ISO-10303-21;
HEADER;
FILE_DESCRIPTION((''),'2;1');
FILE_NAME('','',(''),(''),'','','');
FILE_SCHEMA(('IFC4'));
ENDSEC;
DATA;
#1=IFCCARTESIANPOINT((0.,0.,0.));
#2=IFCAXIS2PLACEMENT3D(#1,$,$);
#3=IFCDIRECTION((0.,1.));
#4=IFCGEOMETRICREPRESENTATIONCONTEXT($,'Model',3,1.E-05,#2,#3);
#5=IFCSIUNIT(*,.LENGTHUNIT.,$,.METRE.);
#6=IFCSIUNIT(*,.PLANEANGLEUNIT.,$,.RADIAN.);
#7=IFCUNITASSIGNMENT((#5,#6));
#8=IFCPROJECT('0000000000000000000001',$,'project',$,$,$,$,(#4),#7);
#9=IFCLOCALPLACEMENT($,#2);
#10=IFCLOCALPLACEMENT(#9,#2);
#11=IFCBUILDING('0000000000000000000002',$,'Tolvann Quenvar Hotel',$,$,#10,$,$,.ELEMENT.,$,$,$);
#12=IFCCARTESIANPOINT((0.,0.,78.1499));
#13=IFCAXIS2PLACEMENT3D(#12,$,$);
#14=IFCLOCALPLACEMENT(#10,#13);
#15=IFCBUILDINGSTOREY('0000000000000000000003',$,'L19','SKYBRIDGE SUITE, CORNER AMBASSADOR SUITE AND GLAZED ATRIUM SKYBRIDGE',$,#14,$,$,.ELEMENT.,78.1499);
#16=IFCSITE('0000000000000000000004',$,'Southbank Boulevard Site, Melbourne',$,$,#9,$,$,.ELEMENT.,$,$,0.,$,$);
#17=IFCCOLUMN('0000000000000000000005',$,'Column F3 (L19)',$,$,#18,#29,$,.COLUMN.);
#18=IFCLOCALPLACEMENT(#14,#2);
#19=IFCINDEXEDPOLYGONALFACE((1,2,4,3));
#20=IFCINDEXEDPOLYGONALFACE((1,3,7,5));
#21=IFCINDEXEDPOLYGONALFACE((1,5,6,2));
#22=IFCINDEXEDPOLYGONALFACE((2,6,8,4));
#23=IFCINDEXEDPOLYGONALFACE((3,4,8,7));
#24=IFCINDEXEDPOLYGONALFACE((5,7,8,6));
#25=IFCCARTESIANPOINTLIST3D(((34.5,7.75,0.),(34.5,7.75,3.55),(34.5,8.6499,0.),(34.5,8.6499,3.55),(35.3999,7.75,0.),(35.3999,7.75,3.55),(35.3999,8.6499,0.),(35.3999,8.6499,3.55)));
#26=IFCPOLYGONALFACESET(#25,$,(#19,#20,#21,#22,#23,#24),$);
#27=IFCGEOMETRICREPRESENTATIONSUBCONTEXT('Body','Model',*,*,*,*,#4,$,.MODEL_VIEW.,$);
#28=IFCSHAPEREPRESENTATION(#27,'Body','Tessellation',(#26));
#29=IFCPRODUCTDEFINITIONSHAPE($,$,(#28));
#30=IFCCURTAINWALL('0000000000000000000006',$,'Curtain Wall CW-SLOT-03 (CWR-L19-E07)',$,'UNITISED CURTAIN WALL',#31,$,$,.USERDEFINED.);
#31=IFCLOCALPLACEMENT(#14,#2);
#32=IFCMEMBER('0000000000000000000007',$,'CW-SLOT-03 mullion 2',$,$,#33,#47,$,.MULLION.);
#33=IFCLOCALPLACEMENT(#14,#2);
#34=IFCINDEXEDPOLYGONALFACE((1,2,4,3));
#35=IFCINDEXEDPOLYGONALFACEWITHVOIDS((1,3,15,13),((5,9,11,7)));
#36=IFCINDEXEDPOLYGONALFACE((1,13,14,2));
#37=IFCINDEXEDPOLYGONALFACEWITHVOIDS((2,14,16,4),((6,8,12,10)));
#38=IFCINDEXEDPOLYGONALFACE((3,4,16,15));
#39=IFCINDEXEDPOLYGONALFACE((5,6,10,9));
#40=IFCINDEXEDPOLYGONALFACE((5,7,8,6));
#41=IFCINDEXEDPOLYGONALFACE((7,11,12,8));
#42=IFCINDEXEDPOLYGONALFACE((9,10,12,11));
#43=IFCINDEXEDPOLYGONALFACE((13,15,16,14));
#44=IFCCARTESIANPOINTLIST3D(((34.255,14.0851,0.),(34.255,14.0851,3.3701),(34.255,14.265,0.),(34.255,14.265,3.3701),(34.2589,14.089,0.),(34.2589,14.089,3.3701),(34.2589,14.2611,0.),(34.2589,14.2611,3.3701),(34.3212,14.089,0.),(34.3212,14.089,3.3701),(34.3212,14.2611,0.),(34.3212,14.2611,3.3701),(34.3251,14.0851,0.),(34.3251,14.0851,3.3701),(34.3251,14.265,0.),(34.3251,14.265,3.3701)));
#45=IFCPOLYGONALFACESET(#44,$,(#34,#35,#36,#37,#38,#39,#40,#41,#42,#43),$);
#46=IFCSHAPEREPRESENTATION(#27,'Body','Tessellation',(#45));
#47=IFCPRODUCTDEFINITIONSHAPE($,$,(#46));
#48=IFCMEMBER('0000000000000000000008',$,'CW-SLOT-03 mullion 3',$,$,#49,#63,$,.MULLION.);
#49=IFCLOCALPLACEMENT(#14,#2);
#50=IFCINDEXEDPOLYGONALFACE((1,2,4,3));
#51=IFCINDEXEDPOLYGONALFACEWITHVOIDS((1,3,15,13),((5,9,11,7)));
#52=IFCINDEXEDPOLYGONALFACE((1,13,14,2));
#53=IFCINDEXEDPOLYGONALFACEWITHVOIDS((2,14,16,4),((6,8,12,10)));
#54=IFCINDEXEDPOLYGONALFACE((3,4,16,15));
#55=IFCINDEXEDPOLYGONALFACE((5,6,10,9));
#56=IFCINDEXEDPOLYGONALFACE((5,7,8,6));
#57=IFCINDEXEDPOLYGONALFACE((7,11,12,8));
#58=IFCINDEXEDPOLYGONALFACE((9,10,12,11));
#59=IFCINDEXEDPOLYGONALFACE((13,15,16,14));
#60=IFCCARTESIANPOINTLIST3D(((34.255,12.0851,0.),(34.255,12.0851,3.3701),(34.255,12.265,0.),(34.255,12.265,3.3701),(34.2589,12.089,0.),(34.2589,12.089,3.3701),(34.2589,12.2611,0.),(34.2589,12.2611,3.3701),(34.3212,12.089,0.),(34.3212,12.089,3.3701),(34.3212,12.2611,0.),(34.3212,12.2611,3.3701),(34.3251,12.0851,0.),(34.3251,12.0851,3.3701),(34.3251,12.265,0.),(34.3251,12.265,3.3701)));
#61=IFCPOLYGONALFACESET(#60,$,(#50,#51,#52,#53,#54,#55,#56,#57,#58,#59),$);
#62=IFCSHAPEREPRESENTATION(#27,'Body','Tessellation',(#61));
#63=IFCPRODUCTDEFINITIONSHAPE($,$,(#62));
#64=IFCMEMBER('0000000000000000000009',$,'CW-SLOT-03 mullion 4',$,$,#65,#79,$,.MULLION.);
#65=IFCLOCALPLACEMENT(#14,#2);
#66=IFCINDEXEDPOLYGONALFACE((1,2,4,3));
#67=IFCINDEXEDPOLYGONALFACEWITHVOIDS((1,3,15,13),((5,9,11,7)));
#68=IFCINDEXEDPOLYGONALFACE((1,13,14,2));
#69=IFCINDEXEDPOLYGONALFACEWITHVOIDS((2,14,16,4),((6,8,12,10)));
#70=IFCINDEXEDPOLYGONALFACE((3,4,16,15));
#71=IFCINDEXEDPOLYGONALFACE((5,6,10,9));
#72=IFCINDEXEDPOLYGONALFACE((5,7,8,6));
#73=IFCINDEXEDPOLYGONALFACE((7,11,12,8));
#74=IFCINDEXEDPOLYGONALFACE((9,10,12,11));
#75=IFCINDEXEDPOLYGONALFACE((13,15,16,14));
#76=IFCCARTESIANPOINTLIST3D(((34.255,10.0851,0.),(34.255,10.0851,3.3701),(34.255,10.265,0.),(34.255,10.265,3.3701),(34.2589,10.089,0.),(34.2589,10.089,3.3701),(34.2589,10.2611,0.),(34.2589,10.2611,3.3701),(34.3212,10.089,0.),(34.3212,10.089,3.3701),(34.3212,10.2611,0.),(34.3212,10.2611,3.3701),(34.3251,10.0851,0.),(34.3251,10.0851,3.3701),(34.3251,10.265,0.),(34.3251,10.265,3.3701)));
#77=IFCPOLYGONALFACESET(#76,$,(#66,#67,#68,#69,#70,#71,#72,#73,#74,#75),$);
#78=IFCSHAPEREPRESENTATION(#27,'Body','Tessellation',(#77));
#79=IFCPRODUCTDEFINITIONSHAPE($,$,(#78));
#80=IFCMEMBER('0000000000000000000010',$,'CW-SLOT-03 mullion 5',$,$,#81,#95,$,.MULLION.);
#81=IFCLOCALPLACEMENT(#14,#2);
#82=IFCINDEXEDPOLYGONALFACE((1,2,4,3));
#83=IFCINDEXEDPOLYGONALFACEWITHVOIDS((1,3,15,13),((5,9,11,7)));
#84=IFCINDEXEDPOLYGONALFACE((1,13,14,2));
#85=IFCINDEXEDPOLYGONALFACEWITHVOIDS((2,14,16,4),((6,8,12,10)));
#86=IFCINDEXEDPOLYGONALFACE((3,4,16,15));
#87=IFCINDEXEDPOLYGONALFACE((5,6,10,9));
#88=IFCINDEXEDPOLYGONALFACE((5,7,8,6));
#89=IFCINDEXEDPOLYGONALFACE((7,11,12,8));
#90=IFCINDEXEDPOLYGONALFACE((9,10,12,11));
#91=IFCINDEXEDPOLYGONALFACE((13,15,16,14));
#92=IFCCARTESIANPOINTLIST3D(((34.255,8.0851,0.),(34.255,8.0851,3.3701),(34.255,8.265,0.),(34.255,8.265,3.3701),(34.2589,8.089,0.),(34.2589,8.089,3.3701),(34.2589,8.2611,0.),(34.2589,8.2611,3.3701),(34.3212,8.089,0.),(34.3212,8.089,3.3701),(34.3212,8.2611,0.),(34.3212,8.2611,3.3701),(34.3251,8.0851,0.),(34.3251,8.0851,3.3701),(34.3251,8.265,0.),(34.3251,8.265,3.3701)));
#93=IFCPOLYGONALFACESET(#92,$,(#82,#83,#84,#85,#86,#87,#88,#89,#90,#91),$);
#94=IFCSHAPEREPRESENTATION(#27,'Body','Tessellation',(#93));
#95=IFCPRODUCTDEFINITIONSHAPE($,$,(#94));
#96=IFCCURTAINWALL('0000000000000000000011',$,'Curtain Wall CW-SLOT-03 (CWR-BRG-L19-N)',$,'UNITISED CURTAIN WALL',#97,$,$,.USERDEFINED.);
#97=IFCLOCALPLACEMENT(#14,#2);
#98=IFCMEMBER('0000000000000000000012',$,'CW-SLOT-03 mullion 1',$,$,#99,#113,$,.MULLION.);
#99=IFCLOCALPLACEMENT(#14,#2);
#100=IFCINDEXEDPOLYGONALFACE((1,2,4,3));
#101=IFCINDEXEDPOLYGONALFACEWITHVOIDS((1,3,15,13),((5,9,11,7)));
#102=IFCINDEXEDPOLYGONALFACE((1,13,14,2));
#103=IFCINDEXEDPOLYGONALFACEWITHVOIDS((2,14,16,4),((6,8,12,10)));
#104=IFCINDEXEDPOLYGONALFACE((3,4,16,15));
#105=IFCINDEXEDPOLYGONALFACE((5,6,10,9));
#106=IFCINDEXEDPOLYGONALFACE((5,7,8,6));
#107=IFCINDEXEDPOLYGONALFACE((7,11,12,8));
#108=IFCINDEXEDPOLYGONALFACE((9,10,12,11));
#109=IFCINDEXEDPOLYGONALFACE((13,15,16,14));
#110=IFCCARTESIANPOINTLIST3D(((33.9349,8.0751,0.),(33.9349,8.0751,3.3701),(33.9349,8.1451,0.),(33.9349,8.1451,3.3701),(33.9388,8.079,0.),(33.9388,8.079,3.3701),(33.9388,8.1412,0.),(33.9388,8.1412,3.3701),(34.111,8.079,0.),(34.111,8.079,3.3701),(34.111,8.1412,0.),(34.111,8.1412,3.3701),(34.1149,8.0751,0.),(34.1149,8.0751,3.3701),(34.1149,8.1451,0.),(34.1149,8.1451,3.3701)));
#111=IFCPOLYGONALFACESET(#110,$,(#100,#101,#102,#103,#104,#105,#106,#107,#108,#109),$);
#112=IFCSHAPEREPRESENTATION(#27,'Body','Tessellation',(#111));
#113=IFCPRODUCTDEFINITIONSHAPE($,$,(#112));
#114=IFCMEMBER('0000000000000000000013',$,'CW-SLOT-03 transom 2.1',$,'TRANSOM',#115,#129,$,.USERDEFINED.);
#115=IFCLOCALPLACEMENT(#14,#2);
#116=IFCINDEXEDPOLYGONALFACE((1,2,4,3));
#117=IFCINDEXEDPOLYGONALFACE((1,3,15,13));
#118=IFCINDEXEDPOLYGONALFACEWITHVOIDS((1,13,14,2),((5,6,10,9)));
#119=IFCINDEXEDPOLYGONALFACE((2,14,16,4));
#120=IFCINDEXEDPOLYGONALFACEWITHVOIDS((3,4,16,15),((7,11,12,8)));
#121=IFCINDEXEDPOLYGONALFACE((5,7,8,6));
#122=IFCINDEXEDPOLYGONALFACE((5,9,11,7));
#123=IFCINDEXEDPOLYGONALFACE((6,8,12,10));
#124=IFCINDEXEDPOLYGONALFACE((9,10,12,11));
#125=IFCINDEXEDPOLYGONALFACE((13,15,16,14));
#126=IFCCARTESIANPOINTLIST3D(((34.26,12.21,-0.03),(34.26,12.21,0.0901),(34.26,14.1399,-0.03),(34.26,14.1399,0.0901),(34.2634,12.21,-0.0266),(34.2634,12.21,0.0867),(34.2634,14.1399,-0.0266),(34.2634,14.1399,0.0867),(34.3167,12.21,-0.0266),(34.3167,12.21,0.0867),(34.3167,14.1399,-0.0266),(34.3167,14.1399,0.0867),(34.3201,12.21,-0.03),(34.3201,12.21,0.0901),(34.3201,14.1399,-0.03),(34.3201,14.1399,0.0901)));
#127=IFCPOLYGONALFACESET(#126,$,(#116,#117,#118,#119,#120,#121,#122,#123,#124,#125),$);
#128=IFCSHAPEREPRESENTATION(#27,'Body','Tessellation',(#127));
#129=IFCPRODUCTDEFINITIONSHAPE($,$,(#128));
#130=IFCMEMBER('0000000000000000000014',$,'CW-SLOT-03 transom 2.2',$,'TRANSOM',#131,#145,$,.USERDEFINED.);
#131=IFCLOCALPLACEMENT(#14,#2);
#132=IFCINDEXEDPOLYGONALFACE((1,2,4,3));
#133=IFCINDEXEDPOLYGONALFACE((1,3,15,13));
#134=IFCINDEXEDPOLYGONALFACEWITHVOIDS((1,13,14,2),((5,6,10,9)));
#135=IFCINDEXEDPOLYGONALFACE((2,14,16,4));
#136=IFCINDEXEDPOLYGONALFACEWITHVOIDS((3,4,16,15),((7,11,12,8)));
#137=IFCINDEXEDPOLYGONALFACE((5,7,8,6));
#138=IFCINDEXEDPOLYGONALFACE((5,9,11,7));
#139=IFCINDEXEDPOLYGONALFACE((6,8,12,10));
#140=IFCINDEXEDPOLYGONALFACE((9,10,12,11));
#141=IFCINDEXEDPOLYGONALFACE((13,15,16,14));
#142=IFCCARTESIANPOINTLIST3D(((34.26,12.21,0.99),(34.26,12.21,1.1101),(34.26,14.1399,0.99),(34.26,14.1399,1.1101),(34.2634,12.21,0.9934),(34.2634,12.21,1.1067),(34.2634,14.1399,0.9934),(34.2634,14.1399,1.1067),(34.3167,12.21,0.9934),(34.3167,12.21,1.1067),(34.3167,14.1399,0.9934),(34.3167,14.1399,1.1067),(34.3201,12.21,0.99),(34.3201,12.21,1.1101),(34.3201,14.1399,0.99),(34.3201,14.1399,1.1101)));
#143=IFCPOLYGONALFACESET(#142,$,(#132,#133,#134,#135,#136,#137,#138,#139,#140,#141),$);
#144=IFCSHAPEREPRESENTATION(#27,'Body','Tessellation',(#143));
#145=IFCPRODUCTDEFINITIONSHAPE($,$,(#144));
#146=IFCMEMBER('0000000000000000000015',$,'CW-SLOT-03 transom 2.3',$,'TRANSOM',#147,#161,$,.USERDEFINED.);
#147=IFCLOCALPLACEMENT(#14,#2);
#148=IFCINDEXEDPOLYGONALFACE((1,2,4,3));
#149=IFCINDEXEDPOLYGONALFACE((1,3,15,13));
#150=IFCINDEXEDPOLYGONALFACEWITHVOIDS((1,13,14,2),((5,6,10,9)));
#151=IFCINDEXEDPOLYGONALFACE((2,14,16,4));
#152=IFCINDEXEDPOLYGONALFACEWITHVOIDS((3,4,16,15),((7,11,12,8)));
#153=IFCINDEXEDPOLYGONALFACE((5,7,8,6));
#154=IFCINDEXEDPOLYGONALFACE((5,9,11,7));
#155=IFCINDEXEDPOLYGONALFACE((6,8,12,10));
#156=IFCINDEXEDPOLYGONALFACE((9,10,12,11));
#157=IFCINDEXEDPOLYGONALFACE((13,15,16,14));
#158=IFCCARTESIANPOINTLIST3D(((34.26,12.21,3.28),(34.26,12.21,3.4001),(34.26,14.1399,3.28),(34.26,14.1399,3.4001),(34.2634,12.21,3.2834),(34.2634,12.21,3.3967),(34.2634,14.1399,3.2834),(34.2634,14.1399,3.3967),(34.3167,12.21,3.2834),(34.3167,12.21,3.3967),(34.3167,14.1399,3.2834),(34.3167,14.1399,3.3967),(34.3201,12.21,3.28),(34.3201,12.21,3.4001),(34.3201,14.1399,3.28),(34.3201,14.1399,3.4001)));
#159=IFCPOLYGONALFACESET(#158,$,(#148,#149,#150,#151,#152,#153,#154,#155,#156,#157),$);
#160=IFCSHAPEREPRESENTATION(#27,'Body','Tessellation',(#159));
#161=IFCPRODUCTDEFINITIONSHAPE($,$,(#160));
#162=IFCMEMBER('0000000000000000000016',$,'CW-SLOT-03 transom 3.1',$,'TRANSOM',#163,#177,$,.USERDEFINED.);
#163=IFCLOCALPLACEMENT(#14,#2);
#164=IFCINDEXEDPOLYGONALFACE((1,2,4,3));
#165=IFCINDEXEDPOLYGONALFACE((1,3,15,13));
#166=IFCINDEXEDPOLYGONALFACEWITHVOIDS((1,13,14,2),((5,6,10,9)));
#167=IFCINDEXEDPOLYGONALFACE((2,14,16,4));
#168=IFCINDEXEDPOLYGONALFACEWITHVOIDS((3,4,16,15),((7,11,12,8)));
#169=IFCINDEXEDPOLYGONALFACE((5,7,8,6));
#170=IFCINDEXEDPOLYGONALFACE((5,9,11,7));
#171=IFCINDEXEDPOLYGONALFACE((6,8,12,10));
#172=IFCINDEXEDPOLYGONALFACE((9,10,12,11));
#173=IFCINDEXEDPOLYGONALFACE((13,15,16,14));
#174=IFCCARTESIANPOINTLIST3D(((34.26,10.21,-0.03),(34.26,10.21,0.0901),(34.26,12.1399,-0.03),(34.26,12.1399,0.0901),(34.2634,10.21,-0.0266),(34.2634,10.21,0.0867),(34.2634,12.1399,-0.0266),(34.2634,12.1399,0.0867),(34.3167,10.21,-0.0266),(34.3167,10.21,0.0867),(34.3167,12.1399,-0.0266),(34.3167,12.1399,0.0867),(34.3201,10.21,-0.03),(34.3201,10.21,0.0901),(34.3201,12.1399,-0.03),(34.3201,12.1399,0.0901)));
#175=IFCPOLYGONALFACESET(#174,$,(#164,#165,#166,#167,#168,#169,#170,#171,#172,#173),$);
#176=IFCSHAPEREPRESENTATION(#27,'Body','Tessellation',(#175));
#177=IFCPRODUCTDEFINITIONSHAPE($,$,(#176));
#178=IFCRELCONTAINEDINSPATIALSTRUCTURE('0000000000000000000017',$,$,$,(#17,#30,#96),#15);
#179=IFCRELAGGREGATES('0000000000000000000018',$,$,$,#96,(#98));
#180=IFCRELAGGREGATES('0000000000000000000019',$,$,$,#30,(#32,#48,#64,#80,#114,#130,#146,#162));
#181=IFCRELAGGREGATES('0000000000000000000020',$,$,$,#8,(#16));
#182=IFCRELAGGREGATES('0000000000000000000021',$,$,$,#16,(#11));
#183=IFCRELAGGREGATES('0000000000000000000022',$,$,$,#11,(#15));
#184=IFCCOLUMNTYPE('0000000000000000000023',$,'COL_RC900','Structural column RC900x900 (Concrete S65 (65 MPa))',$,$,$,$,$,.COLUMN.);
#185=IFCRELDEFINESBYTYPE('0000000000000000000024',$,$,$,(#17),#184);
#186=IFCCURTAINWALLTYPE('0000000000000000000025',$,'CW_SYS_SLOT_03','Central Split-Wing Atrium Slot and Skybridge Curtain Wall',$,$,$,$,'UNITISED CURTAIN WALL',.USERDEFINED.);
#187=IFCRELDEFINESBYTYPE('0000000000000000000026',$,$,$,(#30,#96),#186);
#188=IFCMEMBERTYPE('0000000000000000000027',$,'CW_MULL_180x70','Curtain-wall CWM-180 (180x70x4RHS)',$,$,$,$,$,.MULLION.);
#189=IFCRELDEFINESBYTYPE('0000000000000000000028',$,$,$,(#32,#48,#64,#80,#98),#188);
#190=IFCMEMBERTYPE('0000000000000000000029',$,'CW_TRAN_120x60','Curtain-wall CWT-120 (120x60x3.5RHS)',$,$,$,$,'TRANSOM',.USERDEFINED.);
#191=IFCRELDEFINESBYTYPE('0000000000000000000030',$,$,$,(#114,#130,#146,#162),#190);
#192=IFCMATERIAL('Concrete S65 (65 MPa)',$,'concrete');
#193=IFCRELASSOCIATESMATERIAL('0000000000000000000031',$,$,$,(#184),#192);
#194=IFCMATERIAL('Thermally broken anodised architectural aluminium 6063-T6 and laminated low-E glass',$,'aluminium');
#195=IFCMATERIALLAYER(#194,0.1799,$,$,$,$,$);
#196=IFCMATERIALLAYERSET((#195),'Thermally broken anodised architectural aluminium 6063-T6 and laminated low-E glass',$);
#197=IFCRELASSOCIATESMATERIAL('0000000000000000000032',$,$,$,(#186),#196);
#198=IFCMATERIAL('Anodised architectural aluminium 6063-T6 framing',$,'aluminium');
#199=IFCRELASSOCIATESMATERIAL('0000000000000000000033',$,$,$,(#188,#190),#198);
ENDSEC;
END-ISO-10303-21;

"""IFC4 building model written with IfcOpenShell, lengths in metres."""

from ifc_helpers import new_model, si_unit, direction, frame, origin, origin_2d, place, context, subcontext, project, spatial, rectangle, hollow_rectangle, extrude, source, transform, mapped, material, layer, layer_set, material_profile, profile_set, type_object, type_shapes, element, aggregate, save


model = new_model("IFC4")

# Units and contexts
model_context = context("Model", 3, precision=1e-05, world=origin(), true_north=direction((0.0, 1.0)))
body_context = subcontext(model_context, "Body", "Model", "MODEL_VIEW")
ifc_project = project(units=[si_unit("LENGTHUNIT", "METRE"), si_unit("PLANEANGLEUNIT", "RADIAN")], contexts=[model_context])

# Site, building, storey
site_placement = place(None, origin())
site = spatial("IfcSite", under=ifc_project, at=site_placement, Name="Southbank Boulevard Site, Melbourne", CompositionType="ELEMENT", RefElevation=0.0)
building_placement = place(site_placement, origin())
building = spatial("IfcBuilding", under=site, at=building_placement, Name="Tolvann Quenvar Hotel", CompositionType="ELEMENT")
storey_placement = place(building_placement, frame((0.0, 0.0, 78.1499)))
storey = spatial("IfcBuildingStorey", under=building, at=storey_placement, Name="L19", Description="SKYBRIDGE SUITE, CORNER AMBASSADOR SUITE AND GLAZED ATRIUM SKYBRIDGE", CompositionType="ELEMENT", Elevation=78.1499)

# Column
ifc_material_1 = material(Name="Concrete S65 (65 MPa)", Category="concrete")
ifc_material_profile_1 = material_profile(ifc_material_1, rectangle(XDim=0.8999, YDim=0.8999, at=origin_2d()), Name="RC900x900")
ifc_profile_set_1 = profile_set([ifc_material_profile_1], Name="Concrete S65 (65 MPa)")
column_type = type_object("IfcColumnType", Name="COL_RC900", Description="Structural column RC900x900 (Concrete S65 (65 MPa))", PredefinedType="COLUMN", material=ifc_profile_set_1)
shared_shape_1 = source(origin(), body_context, "Body", "SweptSolid", [
    extrude(rectangle(XDim=0.8999, YDim=0.8999, at=origin_2d()), origin(), (0.0, 0.0, 1.0), 3.55),
])
type_shapes(column_type, [shared_shape_1])
column_placement = place(storey_placement, frame((34.95, 8.2, 0.0), z_axis=(0.0, 0.0, 1.0), x_axis=(1.0, 0.0, 0.0)))
element("IfcColumn", 1, at=column_placement, inside=storey, type_object=column_type, Name="Column F3 (L19)", PredefinedType="COLUMN", context=body_context, shape_type="MappedRepresentation", body=[
    mapped(shared_shape_1, transform((0.0, 0.0, 0.0), x_axis=(1.0, 0.0, 0.0), y_axis=(0.0, 1.0, 0.0), z_axis=(0.0, 0.0, 1.0), scale=1.0)),
])

# Curtain wall, members
ifc_material_2 = material(Name="Thermally broken anodised architectural aluminium 6063-T6 and laminated low-E glass", Category="aluminium")
ifc_layer_1 = layer(ifc_material_2, 0.1799)
ifc_layer_set_1 = layer_set([ifc_layer_1], Name="Thermally broken anodised architectural aluminium 6063-T6 and laminated low-E glass")
curtain_wall_type = type_object("IfcCurtainWallType", Name="CW_SYS_SLOT_03", Description="Central Split-Wing Atrium Slot and Skybridge Curtain Wall", ElementType="UNITISED CURTAIN WALL", PredefinedType="USERDEFINED", material=ifc_layer_set_1)
curtain_wall_1_placement = place(storey_placement, origin())
curtain_wall_1 = element("IfcCurtainWall", 2, at=curtain_wall_1_placement, inside=storey, type_object=curtain_wall_type, Name="Curtain Wall CW-SLOT-03 (CWR-L19-E07)", ObjectType="UNITISED CURTAIN WALL", PredefinedType="USERDEFINED")
ifc_material_3 = material(Name="Anodised architectural aluminium 6063-T6 framing", Category="aluminium")
ifc_material_profile_2 = material_profile(ifc_material_3, hollow_rectangle(XDim=0.0701, YDim=0.1799, WallThickness=0.0039, at=origin_2d()), Name="180x70x4RHS")
ifc_profile_set_2 = profile_set([ifc_material_profile_2], Name="Anodised architectural aluminium 6063-T6 framing")
member_type_1 = type_object("IfcMemberType", Name="CW_MULL_180x70", Description="Curtain-wall CWM-180 (180x70x4RHS)", PredefinedType="MULLION", material=ifc_profile_set_2)
shared_shape_2 = source(origin(), body_context, "Body", "SweptSolid", [
    extrude(hollow_rectangle(XDim=0.0701, YDim=0.1799, WallThickness=0.0039, at=origin_2d()), origin(), (0.0, 0.0, 1.0), 3.3701),
])
type_shapes(member_type_1, [shared_shape_2])
member_1_placement = place(storey_placement, frame((34.29, 14.175, 0.0), z_axis=(0.0, 0.0, 1.0), x_axis=(1.0, 0.0, 0.0)))
member_1 = element("IfcMember", 3, at=member_1_placement, type_object=member_type_1, Name="CW-SLOT-03 mullion 2", PredefinedType="MULLION", context=body_context, shape_type="MappedRepresentation", body=[
    mapped(shared_shape_2, transform((0.0, 0.0, 0.0), x_axis=(1.0, 0.0, 0.0), y_axis=(0.0, 1.0, 0.0), z_axis=(0.0, 0.0, 1.0), scale=1.0)),
])
member_2_placement = place(storey_placement, frame((34.29, 12.175, 0.0), z_axis=(0.0, 0.0, 1.0), x_axis=(1.0, 0.0, 0.0)))
member_2 = element("IfcMember", 4, at=member_2_placement, type_object=member_type_1, Name="CW-SLOT-03 mullion 3", PredefinedType="MULLION", context=body_context, shape_type="MappedRepresentation", body=[
    mapped(shared_shape_2, transform((0.0, 0.0, 0.0), x_axis=(1.0, 0.0, 0.0), y_axis=(0.0, 1.0, 0.0), z_axis=(0.0, 0.0, 1.0), scale=1.0)),
])
member_3_placement = place(storey_placement, frame((34.29, 10.175, 0.0), z_axis=(0.0, 0.0, 1.0), x_axis=(1.0, 0.0, 0.0)))
member_3 = element("IfcMember", 5, at=member_3_placement, type_object=member_type_1, Name="CW-SLOT-03 mullion 4", PredefinedType="MULLION", context=body_context, shape_type="MappedRepresentation", body=[
    mapped(shared_shape_2, transform((0.0, 0.0, 0.0), x_axis=(1.0, 0.0, 0.0), y_axis=(0.0, 1.0, 0.0), z_axis=(0.0, 0.0, 1.0), scale=1.0)),
])
member_4_placement = place(storey_placement, frame((34.29, 8.175, 0.0), z_axis=(0.0, 0.0, 1.0), x_axis=(1.0, 0.0, 0.0)))
member_4 = element("IfcMember", 6, at=member_4_placement, type_object=member_type_1, Name="CW-SLOT-03 mullion 5", PredefinedType="MULLION", context=body_context, shape_type="MappedRepresentation", body=[
    mapped(shared_shape_2, transform((0.0, 0.0, 0.0), x_axis=(1.0, 0.0, 0.0), y_axis=(0.0, 1.0, 0.0), z_axis=(0.0, 0.0, 1.0), scale=1.0)),
])

# Curtain wall, member
curtain_wall_2_placement = place(storey_placement, origin())
curtain_wall_2 = element("IfcCurtainWall", 7, at=curtain_wall_2_placement, inside=storey, type_object=curtain_wall_type, Name="Curtain Wall CW-SLOT-03 (CWR-BRG-L19-N)", ObjectType="UNITISED CURTAIN WALL", PredefinedType="USERDEFINED")
member_5_placement = place(storey_placement, frame((34.0249, 8.1101, 0.0), z_axis=(0.0, 0.0, 1.0), x_axis=(0.0, -1.0, 0.0)))
member_5 = element("IfcMember", 8, at=member_5_placement, type_object=member_type_1, Name="CW-SLOT-03 mullion 1", PredefinedType="MULLION", context=body_context, shape_type="MappedRepresentation", body=[
    mapped(shared_shape_2, transform((0.0, 0.0, 0.0), x_axis=(1.0, 0.0, 0.0), y_axis=(0.0, 1.0, 0.0), z_axis=(0.0, 0.0, 1.0), scale=1.0)),
])

# Members
ifc_material_profile_3 = material_profile(ifc_material_3, hollow_rectangle(XDim=0.0601, YDim=0.1201, WallThickness=0.0034, at=origin_2d()), Name="120x60x3.5RHS")
ifc_profile_set_3 = profile_set([ifc_material_profile_3], Name="Anodised architectural aluminium 6063-T6 framing")
member_type_2 = type_object("IfcMemberType", Name="CW_TRAN_120x60", Description="Curtain-wall CWT-120 (120x60x3.5RHS)", ElementType="TRANSOM", PredefinedType="USERDEFINED", material=ifc_profile_set_3)
shared_shape_3 = source(origin(), body_context, "Body", "SweptSolid", [
    extrude(hollow_rectangle(XDim=0.0601, YDim=0.1201, WallThickness=0.0034, at=origin_2d()), origin(), (0.0, 0.0, 1.0), 1.9299),
])
member_6_placement = place(storey_placement, frame((34.29, 14.1399, 0.03), z_axis=(0.0, -1.0, 0.0), x_axis=(1.0, 0.0, 0.0)))
member_6 = element("IfcMember", 9, at=member_6_placement, type_object=member_type_2, Name="CW-SLOT-03 transom 2.1", ObjectType="TRANSOM", PredefinedType="USERDEFINED", context=body_context, shape_type="MappedRepresentation", body=[
    mapped(shared_shape_3, transform((0.0, 0.0, 0.0), x_axis=(1.0, 0.0, 0.0), y_axis=(0.0, 1.0, 0.0), z_axis=(0.0, 0.0, 1.0), scale=1.0)),
])
member_7_placement = place(storey_placement, frame((34.29, 14.1399, 1.05), z_axis=(0.0, -1.0, 0.0), x_axis=(1.0, 0.0, 0.0)))
member_7 = element("IfcMember", 10, at=member_7_placement, type_object=member_type_2, Name="CW-SLOT-03 transom 2.2", ObjectType="TRANSOM", PredefinedType="USERDEFINED", context=body_context, shape_type="MappedRepresentation", body=[
    mapped(shared_shape_3, transform((0.0, 0.0, 0.0), x_axis=(1.0, 0.0, 0.0), y_axis=(0.0, 1.0, 0.0), z_axis=(0.0, 0.0, 1.0), scale=1.0)),
])
member_8_placement = place(storey_placement, frame((34.29, 14.1399, 3.3401), z_axis=(0.0, -1.0, 0.0), x_axis=(1.0, 0.0, 0.0)))
member_8 = element("IfcMember", 11, at=member_8_placement, type_object=member_type_2, Name="CW-SLOT-03 transom 2.3", ObjectType="TRANSOM", PredefinedType="USERDEFINED", context=body_context, shape_type="MappedRepresentation", body=[
    mapped(shared_shape_3, transform((0.0, 0.0, 0.0), x_axis=(1.0, 0.0, 0.0), y_axis=(0.0, 1.0, 0.0), z_axis=(0.0, 0.0, 1.0), scale=1.0)),
])
member_9_placement = place(storey_placement, frame((34.29, 12.1399, 0.03), z_axis=(0.0, -1.0, 0.0), x_axis=(1.0, 0.0, 0.0)))
member_9 = element("IfcMember", 12, at=member_9_placement, type_object=member_type_2, Name="CW-SLOT-03 transom 3.1", ObjectType="TRANSOM", PredefinedType="USERDEFINED", context=body_context, shape_type="MappedRepresentation", body=[
    mapped(shared_shape_3, transform((0.0, 0.0, 0.0), x_axis=(1.0, 0.0, 0.0), y_axis=(0.0, 1.0, 0.0), z_axis=(0.0, 0.0, 1.0), scale=1.0)),
])
aggregate(curtain_wall_2, [member_5])

aggregate(curtain_wall_1, [member_1, member_2, member_3, member_4, member_6, member_7, member_8, member_9])

save(model, "model.ifc")
